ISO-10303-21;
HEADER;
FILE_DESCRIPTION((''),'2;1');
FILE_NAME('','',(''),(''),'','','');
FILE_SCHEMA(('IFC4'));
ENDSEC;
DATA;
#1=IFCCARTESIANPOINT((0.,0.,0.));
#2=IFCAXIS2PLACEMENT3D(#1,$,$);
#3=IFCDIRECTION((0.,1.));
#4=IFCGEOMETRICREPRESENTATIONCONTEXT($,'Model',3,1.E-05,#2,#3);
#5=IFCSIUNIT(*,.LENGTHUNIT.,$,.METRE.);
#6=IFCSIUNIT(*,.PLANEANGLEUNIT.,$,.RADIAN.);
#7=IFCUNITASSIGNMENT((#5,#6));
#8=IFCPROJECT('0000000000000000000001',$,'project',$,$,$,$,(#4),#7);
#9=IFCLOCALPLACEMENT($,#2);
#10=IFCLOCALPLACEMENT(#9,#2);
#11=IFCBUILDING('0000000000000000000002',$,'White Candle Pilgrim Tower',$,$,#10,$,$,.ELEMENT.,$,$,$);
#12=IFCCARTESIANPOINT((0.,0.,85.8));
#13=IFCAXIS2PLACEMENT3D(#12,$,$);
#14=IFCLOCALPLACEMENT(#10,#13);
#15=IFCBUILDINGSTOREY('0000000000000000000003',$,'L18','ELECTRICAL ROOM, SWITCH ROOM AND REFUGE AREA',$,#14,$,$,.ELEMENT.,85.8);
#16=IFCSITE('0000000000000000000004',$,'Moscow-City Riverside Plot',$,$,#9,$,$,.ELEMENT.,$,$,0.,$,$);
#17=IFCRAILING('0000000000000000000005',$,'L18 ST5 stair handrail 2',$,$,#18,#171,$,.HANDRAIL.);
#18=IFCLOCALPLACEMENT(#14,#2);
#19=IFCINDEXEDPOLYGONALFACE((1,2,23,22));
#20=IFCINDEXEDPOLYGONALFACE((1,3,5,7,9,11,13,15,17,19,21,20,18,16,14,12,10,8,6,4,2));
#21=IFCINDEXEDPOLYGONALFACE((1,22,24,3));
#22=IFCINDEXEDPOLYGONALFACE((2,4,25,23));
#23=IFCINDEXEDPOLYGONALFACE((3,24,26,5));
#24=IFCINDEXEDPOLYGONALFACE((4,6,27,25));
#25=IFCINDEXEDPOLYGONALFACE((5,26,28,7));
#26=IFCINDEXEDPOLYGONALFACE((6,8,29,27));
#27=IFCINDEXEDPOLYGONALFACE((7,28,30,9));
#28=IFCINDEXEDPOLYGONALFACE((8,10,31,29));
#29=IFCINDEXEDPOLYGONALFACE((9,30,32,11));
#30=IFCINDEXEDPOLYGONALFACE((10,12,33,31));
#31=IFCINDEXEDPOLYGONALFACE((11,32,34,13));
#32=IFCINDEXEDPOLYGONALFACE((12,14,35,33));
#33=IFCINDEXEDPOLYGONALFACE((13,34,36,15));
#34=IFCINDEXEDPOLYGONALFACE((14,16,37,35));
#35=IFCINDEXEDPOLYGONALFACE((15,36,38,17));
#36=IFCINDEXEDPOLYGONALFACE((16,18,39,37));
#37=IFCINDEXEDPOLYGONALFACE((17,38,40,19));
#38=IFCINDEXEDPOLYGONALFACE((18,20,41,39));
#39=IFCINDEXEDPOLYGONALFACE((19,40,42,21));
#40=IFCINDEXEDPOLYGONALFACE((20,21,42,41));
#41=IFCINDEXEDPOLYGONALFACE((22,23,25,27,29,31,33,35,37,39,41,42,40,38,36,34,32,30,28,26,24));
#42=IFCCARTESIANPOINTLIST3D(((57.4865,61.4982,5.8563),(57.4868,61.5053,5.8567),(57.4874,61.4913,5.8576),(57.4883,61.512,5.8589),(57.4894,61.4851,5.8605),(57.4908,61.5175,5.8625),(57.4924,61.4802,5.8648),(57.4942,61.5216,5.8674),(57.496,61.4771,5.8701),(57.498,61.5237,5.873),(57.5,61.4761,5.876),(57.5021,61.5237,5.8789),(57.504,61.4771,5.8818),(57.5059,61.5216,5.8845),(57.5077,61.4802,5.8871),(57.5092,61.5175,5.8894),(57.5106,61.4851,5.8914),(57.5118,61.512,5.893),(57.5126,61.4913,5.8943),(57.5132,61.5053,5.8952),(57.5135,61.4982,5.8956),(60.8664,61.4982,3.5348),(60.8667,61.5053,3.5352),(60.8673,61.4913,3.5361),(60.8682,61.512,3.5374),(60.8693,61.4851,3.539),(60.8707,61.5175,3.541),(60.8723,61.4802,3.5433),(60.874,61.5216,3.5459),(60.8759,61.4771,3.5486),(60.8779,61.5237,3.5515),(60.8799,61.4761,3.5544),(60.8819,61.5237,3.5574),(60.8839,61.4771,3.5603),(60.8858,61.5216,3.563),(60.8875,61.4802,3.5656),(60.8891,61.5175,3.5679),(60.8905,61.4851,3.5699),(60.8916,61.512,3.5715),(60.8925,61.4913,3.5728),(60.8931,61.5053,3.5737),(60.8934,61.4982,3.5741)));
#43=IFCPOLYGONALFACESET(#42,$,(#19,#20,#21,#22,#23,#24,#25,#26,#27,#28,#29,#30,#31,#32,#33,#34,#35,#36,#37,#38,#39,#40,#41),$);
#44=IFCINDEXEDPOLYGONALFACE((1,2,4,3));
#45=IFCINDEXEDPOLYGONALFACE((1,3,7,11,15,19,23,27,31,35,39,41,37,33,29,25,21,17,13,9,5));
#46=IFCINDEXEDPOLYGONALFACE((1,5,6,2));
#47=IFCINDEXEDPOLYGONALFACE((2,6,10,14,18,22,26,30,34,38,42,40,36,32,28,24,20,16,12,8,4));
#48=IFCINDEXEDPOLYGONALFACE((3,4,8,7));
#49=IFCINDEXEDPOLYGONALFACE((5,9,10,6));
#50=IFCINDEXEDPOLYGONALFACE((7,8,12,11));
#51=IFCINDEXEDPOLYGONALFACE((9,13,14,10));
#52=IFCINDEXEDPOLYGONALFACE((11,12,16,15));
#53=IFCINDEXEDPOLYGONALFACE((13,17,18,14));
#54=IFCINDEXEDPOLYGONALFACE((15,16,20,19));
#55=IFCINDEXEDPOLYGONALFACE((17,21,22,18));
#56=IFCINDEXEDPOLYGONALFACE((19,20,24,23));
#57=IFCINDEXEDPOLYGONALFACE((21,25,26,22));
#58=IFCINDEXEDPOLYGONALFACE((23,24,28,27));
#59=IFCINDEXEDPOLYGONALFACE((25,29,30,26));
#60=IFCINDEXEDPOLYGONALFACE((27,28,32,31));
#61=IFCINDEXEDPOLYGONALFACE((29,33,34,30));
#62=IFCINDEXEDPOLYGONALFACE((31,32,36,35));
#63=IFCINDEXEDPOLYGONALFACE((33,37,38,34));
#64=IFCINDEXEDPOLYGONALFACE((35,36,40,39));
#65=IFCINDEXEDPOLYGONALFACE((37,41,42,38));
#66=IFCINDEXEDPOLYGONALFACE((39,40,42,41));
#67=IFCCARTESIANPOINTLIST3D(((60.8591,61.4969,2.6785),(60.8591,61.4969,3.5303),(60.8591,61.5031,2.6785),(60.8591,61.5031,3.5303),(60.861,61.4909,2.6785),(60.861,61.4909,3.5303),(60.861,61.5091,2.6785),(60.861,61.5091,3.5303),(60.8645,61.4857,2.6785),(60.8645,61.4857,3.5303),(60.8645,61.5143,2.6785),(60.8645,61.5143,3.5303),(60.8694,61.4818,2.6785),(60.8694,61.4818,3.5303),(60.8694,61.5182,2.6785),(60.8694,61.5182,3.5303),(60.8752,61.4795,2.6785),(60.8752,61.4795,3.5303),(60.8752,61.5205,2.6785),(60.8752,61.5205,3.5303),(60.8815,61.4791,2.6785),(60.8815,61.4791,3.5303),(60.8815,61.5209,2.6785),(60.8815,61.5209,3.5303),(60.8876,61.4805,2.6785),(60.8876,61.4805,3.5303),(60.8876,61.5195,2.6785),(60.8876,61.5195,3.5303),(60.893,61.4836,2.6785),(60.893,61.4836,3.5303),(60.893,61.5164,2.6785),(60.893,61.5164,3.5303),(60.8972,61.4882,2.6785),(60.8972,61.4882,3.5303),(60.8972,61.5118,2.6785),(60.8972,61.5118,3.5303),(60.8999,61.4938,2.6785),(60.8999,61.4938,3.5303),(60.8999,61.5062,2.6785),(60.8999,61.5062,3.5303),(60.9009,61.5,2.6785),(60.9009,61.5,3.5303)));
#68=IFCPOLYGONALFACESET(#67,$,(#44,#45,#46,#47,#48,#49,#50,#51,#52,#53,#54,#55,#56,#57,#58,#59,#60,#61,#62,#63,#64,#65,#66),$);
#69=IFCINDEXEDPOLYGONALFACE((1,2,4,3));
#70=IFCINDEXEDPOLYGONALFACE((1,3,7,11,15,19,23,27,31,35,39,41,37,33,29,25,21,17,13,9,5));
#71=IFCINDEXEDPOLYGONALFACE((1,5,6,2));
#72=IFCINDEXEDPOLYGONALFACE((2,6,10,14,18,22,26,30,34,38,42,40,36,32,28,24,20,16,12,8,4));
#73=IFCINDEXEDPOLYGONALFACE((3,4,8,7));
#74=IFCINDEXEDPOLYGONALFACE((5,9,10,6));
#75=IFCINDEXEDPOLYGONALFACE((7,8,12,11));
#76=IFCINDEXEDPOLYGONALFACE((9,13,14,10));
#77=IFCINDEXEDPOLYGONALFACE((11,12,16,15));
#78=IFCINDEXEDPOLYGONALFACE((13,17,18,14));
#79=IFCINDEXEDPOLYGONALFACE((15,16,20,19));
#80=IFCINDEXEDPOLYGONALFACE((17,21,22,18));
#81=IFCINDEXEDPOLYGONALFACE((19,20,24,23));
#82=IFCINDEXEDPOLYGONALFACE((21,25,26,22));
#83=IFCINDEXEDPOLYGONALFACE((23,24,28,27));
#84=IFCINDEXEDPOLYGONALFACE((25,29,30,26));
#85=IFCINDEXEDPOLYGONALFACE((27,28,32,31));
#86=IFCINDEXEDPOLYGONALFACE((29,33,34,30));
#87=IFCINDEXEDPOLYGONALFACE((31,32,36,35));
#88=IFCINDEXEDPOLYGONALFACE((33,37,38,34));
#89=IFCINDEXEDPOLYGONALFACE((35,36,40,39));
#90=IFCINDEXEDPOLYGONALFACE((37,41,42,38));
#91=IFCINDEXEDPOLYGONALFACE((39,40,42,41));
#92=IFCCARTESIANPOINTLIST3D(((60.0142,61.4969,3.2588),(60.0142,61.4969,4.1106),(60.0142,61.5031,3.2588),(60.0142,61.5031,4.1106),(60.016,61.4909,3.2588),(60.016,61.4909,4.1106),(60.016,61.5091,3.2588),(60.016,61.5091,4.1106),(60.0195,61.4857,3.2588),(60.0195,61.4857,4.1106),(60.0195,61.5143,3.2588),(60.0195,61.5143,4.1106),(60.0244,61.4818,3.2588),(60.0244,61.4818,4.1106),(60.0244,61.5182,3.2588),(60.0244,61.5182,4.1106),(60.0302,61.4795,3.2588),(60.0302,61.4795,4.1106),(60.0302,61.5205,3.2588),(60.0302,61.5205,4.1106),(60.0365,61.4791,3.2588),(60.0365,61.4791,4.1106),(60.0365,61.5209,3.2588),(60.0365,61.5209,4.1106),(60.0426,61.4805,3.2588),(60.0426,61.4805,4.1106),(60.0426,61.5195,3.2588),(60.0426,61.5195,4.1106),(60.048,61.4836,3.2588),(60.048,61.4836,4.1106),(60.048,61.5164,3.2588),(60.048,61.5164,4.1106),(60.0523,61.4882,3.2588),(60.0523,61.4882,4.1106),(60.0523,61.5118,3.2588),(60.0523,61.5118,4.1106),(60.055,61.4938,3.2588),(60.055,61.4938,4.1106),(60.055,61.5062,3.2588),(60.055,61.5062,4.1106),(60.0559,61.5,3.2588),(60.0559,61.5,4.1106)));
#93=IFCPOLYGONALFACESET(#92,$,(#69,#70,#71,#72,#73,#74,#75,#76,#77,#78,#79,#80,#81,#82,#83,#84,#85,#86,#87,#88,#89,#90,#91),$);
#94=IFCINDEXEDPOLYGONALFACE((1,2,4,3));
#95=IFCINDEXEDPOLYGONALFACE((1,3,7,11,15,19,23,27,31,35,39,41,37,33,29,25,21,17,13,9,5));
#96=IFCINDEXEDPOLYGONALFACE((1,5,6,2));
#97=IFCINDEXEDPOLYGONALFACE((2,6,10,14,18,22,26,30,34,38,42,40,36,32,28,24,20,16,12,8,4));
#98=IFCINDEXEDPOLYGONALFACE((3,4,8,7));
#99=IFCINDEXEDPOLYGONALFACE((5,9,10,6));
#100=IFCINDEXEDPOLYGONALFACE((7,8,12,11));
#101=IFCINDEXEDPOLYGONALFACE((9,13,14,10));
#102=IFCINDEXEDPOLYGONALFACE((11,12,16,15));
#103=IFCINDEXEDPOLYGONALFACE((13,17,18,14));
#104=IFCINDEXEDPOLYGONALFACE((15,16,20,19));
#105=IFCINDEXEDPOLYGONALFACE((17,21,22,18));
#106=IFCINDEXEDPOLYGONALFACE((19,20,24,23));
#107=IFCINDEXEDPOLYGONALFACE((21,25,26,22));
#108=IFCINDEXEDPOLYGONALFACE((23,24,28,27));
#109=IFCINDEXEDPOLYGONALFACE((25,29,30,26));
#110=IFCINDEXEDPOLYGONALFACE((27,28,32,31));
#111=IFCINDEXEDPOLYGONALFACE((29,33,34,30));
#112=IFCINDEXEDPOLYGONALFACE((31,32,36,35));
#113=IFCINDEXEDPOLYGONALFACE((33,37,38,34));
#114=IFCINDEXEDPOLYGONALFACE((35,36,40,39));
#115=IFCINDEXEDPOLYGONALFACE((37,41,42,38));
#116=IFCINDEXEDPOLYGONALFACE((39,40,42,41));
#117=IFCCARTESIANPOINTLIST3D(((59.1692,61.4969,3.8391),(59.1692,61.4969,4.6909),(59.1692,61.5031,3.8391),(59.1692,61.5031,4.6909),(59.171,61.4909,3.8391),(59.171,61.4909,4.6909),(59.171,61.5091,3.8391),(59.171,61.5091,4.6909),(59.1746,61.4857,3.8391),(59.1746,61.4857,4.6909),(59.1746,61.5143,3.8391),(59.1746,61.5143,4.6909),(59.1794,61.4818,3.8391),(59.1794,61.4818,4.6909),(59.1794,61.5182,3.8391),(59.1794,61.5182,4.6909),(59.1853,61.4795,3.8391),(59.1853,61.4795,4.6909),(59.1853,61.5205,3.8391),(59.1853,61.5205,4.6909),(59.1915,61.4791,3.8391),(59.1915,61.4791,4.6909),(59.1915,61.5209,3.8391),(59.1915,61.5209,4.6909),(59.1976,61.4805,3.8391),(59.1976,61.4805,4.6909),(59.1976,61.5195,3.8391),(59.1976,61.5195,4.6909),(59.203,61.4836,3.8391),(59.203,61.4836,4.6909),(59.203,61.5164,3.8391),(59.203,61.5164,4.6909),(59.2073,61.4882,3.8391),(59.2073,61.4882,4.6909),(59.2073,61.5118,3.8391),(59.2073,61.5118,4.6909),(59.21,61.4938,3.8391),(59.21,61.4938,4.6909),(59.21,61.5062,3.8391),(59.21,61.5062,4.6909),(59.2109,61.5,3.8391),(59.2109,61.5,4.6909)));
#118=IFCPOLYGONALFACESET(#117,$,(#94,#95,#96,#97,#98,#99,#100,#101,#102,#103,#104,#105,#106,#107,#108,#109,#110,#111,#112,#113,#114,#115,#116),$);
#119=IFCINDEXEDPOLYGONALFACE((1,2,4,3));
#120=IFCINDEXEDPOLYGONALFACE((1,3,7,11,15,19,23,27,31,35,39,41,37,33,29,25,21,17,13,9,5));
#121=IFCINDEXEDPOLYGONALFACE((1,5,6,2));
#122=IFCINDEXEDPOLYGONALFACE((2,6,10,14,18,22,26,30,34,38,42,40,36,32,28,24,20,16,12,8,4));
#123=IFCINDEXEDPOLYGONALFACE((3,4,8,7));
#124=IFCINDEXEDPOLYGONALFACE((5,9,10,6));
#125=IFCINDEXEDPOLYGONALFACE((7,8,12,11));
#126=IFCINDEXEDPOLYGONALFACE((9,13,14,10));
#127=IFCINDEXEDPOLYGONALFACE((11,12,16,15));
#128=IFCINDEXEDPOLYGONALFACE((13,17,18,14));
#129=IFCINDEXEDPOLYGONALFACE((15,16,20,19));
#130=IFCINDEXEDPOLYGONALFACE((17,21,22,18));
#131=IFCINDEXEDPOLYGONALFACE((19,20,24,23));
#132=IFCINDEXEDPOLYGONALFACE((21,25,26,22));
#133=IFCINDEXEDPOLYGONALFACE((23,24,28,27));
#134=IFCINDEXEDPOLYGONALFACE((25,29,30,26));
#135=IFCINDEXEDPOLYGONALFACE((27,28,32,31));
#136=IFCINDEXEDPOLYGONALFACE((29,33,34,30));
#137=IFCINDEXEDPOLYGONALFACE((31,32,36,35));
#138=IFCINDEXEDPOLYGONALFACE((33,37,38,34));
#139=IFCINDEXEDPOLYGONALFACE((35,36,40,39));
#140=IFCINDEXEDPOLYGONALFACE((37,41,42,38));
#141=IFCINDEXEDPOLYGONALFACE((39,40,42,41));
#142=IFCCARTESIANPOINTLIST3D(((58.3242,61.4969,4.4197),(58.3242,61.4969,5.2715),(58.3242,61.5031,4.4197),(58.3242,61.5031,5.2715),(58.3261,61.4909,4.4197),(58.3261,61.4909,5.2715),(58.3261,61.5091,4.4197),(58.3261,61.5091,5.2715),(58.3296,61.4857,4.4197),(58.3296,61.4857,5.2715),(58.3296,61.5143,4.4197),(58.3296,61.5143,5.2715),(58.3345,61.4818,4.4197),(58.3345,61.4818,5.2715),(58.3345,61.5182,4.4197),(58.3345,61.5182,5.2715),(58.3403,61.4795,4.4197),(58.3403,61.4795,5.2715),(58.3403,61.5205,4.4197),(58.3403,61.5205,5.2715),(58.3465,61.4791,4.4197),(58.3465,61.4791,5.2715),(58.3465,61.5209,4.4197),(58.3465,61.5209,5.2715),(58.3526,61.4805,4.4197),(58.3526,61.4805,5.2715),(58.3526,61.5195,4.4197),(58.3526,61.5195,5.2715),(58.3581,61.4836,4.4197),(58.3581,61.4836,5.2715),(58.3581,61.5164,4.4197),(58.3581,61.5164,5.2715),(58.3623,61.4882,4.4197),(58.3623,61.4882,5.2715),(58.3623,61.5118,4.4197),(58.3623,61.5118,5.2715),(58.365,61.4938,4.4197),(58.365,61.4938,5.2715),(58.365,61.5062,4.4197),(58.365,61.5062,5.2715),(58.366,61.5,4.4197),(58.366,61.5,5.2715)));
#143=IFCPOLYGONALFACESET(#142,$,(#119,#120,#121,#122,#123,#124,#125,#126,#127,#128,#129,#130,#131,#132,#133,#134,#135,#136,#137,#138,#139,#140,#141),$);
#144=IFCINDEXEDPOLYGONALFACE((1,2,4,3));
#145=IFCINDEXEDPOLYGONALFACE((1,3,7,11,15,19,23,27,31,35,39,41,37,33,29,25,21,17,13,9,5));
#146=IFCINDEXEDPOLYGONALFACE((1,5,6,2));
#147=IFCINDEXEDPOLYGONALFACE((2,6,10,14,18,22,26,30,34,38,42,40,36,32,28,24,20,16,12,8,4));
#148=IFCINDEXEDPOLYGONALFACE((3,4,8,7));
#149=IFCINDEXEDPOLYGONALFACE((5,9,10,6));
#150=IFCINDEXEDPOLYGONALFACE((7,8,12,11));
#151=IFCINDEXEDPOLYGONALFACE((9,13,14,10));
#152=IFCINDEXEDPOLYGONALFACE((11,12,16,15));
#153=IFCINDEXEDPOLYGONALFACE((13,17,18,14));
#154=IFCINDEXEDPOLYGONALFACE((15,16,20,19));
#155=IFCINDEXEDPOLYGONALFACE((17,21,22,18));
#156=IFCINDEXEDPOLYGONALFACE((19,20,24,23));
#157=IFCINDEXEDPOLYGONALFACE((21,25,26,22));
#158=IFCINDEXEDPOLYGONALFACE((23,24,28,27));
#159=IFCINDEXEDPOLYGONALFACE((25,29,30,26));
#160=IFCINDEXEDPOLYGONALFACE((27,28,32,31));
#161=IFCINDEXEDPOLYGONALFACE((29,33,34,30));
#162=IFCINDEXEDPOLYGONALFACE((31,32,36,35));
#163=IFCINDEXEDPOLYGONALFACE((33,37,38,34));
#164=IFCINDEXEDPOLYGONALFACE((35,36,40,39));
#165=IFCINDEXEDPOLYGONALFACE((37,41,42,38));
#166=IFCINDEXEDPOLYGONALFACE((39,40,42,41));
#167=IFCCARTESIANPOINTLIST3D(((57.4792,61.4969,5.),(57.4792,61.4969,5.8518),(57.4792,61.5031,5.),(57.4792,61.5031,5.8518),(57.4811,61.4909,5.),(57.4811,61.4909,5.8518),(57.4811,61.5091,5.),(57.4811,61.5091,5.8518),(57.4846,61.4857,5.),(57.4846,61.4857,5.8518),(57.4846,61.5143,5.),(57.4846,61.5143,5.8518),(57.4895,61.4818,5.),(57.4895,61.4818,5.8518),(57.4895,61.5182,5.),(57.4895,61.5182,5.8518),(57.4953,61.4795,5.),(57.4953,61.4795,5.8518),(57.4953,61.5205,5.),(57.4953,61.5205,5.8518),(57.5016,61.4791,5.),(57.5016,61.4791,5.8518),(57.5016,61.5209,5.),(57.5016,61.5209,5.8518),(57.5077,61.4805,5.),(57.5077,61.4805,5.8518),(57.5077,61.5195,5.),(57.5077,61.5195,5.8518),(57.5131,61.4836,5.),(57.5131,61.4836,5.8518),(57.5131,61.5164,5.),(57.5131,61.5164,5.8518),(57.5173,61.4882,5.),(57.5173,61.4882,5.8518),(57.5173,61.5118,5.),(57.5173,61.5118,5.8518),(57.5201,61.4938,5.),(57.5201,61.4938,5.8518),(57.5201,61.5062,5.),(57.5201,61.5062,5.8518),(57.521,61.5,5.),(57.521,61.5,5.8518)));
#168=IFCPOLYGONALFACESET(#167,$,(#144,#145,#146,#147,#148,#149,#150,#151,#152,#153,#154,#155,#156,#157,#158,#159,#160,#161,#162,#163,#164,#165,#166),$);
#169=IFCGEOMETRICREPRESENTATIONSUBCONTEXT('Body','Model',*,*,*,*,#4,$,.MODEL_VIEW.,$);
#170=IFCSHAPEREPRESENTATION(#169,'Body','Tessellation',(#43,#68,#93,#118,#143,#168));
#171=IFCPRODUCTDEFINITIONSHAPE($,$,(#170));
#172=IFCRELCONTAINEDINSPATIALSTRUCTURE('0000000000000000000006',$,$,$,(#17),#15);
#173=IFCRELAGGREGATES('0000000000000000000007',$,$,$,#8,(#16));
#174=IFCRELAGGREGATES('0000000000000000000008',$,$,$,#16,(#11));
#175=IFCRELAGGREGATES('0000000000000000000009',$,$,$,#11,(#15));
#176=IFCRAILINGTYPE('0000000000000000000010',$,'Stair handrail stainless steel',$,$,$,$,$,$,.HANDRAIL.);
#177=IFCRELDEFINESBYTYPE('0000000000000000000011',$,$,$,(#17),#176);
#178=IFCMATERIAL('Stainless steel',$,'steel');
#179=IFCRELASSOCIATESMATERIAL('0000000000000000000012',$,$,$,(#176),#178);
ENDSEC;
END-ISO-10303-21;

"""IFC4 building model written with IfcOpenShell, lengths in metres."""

from ifc_helpers import new_model, si_unit, direction, frame, origin, origin_2d, place, context, subcontext, project, spatial, circle, extrude, material, type_object, element, save


model = new_model("IFC4")

# Units and contexts
model_context = context("Model", 3, precision=1e-05, world=origin(), true_north=direction((0.0, 1.0)))
body_context = subcontext(model_context, "Body", "Model", "MODEL_VIEW")
ifc_project = project(units=[si_unit("LENGTHUNIT", "METRE"), si_unit("PLANEANGLEUNIT", "RADIAN")], contexts=[model_context])

# Site, building, storey
site_placement = place(None, origin())
site = spatial("IfcSite", under=ifc_project, at=site_placement, Name="Moscow-City Riverside Plot", CompositionType="ELEMENT", RefElevation=0.0)
building_placement = place(site_placement, origin())
building = spatial("IfcBuilding", under=site, at=building_placement, Name="White Candle Pilgrim Tower", CompositionType="ELEMENT")
storey_placement = place(building_placement, frame((0.0, 0.0, 85.8)))
storey = spatial("IfcBuildingStorey", under=building, at=storey_placement, Name="L18", Description="ELECTRICAL ROOM, SWITCH ROOM AND REFUGE AREA", CompositionType="ELEMENT", Elevation=85.8)

# Shared definitions
ifc_material_1 = material(Name="Stainless steel", Category="steel")

# Railing
railing_type_1 = type_object("IfcRailingType", Name="Stair handrail stainless steel", PredefinedType="HANDRAIL", material=ifc_material_1)
railing_1_placement = place(storey_placement, frame((60.8799, 61.5, 2.6785)))
element("IfcRailing", 1, at=railing_1_placement, inside=storey, type_object=railing_type_1, Name="L18 ST5 stair handrail 2", PredefinedType="HANDRAIL", context=body_context, shape_type="SweptSolid", body=[
    extrude(circle(Radius=0.0239, at=origin_2d()), frame((0.0, 0.0, 0.876), z_axis=(-0.824285, 0.0, 0.566175), x_axis=(0.0, -1.0, 0.0)), (0.0, 0.0, 1.0), 4.1003),
    extrude(circle(Radius=0.021, at=origin_2d()), origin(), (0.0, 0.0, 1.0), 0.8518),
    extrude(circle(Radius=0.021, at=origin_2d()), frame((-0.845, 0.0, 0.5803)), (0.0, 0.0, 1.0), 0.8518),
    extrude(circle(Radius=0.021, at=origin_2d()), frame((-1.6899, 0.0, 1.1606)), (0.0, 0.0, 1.0), 0.8518),
    extrude(circle(Radius=0.021, at=origin_2d()), frame((-2.5349, 0.0, 1.7412)), (0.0, 0.0, 1.0), 0.8518),
    extrude(circle(Radius=0.021, at=origin_2d()), frame((-3.3799, 0.0, 2.3215)), (0.0, 0.0, 1.0), 0.8518),
])

save(model, "model.ifc")
